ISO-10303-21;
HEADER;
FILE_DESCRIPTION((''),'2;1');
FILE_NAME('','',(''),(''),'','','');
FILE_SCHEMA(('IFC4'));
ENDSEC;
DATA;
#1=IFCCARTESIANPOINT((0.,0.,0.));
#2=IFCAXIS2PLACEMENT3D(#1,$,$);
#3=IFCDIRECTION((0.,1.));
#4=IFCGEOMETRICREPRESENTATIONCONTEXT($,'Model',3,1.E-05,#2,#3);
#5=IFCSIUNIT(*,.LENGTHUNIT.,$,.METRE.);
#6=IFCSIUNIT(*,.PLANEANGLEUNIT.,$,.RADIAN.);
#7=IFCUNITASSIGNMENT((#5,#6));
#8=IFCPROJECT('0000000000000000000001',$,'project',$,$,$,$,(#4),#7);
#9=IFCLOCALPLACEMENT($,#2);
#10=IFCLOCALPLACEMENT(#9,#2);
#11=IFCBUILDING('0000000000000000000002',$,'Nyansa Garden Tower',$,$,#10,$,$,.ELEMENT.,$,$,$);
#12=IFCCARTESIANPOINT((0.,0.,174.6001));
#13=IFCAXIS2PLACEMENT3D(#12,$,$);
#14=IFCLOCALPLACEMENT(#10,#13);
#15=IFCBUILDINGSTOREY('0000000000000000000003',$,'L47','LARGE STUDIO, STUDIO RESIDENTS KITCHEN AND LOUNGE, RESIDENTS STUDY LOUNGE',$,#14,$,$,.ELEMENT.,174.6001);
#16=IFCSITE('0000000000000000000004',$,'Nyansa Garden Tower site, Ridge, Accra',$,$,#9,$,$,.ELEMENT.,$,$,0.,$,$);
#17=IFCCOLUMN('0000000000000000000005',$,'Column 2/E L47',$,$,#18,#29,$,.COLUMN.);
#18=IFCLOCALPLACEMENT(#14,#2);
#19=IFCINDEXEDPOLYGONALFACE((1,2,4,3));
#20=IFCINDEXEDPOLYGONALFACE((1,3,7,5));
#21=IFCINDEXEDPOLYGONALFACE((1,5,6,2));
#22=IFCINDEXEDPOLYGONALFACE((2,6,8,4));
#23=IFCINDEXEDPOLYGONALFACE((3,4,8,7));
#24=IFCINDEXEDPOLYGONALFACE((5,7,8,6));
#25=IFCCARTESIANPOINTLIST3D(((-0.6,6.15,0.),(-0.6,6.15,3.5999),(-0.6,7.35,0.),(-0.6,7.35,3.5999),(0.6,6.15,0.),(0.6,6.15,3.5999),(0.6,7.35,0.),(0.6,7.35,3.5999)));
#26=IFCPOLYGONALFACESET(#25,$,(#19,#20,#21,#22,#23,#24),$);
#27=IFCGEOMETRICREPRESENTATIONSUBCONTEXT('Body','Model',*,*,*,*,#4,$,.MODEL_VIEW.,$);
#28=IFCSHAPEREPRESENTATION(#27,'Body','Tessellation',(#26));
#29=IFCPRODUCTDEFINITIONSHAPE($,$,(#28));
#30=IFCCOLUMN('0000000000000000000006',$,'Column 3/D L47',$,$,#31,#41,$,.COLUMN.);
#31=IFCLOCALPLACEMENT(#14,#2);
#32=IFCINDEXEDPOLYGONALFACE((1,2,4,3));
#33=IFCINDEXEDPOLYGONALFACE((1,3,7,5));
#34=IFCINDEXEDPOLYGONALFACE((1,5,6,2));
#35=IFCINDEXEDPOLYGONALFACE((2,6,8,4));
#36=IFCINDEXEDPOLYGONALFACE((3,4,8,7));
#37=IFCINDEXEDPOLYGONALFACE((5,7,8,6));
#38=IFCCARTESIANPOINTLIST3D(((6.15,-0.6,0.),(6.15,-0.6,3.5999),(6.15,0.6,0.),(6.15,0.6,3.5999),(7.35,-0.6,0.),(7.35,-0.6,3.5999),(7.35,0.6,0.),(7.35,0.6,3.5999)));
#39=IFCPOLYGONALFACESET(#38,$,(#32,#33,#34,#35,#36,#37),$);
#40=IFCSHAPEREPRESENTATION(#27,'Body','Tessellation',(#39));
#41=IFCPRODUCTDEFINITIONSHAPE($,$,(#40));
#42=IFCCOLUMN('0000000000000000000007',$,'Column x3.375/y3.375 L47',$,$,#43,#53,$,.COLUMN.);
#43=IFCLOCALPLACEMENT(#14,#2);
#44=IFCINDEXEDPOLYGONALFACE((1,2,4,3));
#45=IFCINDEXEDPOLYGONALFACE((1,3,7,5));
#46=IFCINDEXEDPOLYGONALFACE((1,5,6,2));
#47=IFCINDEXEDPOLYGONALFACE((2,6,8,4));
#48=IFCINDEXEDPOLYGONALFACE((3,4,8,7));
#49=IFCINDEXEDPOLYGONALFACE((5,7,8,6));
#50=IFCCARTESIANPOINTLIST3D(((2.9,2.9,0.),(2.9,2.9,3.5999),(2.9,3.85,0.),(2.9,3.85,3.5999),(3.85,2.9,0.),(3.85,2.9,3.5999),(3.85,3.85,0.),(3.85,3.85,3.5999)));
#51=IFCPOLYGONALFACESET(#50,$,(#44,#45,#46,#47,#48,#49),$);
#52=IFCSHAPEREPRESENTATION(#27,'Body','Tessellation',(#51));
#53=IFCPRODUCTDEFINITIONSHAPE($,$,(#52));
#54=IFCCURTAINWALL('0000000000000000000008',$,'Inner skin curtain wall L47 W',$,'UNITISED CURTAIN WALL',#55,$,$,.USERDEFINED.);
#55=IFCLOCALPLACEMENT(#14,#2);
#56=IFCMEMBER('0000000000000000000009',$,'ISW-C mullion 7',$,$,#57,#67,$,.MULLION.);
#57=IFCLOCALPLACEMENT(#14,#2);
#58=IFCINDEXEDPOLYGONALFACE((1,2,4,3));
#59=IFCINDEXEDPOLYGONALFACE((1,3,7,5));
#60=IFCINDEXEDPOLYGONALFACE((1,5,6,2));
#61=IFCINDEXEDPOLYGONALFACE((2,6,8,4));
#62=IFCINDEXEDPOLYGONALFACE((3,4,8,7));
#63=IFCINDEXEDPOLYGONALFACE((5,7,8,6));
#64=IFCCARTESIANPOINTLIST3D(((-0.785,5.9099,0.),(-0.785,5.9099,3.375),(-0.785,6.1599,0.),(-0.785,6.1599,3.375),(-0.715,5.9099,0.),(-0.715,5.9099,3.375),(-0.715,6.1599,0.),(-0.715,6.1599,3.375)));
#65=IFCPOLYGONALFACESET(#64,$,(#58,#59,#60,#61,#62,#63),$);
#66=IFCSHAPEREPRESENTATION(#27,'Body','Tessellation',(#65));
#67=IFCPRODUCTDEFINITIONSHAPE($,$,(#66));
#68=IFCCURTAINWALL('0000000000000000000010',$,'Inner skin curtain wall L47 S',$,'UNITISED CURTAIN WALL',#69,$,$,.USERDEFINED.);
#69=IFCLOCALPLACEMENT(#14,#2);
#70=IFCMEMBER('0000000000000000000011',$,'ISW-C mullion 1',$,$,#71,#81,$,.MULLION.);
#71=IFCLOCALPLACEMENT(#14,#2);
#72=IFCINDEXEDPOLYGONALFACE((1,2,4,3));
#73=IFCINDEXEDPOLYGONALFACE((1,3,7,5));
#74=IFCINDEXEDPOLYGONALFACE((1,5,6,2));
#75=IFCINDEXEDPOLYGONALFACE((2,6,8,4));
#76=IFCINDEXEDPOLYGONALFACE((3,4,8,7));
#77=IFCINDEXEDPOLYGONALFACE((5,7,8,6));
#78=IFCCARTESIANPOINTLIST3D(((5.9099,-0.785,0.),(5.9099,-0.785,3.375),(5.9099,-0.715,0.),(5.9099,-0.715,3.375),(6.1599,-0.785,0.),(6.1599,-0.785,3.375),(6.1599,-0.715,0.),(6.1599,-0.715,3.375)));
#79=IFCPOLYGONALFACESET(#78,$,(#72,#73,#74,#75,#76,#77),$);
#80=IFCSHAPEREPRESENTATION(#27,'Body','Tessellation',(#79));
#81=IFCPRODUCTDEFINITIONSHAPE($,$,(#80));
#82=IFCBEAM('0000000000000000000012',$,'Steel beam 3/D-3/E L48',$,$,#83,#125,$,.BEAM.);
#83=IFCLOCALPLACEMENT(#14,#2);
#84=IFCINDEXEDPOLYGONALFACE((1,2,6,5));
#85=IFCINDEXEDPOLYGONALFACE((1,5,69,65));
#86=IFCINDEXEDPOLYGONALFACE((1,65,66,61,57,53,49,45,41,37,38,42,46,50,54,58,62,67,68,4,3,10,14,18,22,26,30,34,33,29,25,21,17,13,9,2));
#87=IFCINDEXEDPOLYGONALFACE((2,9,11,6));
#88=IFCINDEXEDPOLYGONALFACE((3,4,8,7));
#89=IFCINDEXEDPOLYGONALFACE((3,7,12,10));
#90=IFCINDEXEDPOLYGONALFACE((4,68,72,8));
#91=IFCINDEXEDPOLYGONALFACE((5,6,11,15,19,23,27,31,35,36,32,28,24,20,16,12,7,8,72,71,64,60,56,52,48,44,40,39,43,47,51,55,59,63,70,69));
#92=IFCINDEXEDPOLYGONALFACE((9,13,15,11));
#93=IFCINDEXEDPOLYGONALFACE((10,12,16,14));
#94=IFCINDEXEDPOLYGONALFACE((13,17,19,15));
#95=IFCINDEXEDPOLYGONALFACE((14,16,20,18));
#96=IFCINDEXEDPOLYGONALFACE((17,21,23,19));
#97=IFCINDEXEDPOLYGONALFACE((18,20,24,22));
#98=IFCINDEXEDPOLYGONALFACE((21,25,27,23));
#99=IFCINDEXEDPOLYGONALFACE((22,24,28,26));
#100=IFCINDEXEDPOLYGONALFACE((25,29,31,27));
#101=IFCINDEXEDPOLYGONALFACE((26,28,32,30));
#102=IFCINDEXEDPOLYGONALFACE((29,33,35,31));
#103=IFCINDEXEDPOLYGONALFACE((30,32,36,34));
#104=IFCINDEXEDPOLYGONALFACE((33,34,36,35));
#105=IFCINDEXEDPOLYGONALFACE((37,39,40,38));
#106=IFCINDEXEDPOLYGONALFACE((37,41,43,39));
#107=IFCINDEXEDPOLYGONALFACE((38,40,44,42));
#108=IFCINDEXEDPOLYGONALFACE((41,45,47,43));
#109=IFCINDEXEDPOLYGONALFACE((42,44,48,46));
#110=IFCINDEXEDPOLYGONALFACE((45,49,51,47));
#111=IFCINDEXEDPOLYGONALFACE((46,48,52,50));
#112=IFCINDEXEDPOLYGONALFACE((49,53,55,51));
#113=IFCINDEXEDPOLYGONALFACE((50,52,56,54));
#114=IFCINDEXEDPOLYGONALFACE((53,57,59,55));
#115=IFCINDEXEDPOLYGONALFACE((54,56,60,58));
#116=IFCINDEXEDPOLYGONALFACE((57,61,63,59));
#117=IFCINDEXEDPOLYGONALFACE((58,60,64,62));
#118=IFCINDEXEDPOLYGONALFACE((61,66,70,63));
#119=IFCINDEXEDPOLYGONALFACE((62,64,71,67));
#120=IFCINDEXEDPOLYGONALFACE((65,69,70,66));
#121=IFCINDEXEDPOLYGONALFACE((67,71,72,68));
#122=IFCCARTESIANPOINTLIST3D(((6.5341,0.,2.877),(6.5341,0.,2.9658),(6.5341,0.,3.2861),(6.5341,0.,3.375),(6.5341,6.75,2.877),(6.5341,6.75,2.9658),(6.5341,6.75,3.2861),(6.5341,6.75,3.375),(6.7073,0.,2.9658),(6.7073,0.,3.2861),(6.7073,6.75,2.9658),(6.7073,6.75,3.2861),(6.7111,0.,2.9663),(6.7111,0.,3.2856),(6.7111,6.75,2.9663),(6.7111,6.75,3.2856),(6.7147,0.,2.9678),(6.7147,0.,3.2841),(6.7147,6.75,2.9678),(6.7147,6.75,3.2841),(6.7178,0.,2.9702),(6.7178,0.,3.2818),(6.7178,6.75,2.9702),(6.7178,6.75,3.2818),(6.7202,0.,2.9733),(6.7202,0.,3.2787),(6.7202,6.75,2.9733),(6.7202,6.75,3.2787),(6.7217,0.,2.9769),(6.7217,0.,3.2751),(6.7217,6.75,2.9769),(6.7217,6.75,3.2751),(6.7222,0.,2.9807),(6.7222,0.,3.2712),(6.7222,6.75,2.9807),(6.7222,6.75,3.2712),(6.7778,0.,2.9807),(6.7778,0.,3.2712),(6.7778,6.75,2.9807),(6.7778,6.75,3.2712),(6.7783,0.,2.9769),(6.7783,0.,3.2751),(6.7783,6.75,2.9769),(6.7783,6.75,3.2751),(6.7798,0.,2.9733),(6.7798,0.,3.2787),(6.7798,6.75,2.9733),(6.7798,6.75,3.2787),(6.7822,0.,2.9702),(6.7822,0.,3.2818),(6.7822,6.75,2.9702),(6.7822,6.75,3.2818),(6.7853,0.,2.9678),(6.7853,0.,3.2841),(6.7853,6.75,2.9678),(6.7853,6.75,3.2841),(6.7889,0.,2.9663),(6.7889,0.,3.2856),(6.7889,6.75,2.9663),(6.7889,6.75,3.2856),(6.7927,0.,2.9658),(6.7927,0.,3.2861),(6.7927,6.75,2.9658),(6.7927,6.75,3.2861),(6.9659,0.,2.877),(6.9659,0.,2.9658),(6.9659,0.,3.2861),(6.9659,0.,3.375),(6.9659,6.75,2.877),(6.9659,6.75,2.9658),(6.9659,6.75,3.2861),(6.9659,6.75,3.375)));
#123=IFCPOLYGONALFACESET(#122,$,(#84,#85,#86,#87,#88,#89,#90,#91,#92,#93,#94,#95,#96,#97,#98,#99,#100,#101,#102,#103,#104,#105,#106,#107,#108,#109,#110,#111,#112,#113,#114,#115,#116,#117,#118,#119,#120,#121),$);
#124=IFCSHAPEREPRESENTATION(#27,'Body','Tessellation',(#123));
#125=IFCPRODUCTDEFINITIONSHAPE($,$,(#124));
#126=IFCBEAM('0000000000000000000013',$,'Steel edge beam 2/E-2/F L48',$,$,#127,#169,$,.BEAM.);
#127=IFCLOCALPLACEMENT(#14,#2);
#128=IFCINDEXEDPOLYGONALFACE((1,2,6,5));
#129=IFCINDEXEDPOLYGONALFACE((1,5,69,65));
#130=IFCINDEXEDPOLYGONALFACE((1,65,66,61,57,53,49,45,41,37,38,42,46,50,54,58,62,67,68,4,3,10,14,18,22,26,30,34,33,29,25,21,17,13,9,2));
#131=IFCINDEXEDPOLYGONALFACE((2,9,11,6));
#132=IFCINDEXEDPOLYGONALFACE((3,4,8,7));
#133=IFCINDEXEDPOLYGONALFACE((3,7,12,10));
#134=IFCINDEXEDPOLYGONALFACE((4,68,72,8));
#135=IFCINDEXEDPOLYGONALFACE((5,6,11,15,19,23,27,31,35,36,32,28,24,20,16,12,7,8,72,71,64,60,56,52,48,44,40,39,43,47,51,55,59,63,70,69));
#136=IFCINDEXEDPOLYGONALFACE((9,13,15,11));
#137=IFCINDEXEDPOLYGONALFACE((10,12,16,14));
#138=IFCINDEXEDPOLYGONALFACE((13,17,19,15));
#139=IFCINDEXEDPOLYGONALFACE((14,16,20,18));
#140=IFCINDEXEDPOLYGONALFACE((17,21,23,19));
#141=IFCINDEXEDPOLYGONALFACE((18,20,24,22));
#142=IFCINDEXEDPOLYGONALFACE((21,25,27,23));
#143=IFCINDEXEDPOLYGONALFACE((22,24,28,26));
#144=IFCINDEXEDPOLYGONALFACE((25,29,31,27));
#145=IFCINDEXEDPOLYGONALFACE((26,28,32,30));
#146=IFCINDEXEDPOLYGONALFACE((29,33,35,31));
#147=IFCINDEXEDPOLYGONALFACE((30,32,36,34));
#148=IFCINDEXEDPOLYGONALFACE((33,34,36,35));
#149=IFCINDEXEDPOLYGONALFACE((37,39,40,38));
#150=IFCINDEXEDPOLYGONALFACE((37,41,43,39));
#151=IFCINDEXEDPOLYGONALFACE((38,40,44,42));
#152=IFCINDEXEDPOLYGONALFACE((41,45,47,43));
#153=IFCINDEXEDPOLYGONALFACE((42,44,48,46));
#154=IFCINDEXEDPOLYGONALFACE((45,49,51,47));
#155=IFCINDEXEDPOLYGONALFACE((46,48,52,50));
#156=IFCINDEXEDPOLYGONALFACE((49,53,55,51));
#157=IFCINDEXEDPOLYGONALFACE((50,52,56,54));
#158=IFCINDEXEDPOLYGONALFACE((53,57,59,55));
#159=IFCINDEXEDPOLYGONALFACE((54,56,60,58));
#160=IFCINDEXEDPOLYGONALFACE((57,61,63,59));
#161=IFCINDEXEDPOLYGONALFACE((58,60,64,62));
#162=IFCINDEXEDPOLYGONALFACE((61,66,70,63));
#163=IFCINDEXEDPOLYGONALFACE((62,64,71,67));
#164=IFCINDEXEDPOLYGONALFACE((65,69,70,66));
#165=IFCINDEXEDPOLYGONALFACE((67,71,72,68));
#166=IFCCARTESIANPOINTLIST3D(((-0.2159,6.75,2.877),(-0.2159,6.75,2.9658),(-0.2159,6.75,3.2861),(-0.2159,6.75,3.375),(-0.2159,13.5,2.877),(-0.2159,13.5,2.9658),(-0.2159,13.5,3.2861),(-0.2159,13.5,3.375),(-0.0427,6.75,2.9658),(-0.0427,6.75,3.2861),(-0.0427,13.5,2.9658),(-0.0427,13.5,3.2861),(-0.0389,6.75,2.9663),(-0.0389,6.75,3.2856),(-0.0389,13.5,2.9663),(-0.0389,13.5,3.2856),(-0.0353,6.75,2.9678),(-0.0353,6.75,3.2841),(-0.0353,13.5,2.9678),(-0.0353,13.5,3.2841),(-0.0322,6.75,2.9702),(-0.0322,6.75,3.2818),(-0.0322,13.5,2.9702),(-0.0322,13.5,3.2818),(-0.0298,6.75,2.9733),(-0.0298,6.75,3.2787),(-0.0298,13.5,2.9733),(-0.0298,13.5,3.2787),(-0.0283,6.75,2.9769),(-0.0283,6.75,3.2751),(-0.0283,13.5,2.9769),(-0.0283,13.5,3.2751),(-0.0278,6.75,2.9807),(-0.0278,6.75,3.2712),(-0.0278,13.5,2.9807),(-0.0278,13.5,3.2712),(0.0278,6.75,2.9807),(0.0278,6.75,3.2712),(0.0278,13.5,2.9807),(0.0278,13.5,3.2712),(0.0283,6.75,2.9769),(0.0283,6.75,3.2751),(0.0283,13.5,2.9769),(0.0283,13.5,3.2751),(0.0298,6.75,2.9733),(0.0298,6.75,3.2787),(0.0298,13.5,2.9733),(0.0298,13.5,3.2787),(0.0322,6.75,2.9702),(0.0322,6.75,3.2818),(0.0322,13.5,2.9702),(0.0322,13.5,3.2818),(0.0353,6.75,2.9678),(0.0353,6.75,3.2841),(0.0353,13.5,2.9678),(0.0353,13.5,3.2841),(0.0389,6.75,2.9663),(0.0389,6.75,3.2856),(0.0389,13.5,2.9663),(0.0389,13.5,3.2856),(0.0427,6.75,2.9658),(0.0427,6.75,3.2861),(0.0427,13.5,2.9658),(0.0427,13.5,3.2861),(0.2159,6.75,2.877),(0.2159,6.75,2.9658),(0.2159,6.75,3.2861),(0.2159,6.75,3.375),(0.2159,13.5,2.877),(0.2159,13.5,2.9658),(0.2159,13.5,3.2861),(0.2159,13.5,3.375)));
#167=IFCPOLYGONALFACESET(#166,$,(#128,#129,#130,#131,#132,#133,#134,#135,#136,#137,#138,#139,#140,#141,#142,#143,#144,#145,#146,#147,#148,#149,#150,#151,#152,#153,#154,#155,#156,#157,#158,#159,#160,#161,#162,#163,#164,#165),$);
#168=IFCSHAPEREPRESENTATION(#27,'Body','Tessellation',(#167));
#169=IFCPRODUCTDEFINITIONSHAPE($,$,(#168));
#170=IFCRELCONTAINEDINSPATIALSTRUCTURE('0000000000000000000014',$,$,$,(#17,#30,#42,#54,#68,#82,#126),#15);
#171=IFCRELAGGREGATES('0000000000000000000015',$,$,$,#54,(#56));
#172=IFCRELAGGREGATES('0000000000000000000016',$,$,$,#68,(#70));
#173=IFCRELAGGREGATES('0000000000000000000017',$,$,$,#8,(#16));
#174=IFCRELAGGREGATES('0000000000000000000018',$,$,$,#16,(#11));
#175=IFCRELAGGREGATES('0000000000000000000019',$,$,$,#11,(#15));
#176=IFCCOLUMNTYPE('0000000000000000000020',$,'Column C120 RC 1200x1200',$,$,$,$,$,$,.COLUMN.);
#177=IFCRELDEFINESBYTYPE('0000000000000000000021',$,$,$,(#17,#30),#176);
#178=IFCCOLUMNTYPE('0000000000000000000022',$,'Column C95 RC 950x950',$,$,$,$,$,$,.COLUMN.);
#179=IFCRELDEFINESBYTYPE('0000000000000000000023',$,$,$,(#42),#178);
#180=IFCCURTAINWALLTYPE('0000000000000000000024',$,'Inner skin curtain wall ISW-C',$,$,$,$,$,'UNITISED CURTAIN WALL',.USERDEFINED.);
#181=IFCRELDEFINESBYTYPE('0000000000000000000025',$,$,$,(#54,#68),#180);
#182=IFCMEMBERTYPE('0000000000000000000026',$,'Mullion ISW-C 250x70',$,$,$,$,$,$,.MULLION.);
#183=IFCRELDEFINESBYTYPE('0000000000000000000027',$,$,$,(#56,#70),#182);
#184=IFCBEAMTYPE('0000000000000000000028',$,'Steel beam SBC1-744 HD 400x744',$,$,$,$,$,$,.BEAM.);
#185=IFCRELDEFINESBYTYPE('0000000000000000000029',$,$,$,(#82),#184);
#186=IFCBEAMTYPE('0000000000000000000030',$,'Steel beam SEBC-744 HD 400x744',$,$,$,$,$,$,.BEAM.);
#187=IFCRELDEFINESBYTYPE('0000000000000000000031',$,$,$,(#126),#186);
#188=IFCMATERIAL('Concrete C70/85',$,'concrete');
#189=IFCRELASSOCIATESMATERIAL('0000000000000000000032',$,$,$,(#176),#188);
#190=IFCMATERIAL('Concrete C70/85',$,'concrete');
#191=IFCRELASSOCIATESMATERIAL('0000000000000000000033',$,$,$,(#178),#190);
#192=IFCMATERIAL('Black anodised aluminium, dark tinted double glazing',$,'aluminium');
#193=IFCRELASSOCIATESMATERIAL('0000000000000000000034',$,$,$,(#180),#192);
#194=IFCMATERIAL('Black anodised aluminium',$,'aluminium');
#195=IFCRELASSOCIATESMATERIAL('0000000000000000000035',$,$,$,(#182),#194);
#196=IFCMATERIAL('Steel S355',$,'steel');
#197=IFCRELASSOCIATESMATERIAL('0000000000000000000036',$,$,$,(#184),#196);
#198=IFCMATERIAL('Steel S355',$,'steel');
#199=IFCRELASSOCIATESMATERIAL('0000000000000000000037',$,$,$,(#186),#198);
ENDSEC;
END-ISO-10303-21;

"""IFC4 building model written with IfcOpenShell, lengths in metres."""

from ifc_helpers import new_model, si_unit, direction, frame, origin, origin_2d, place, context, subcontext, project, spatial, rectangle, i_section, extrude, material, material_profile, profile_set, type_object, element, aggregate, save


model = new_model("IFC4")

# Units and contexts
model_context = context("Model", 3, precision=1e-05, world=origin(), true_north=direction((0.0, 1.0)))
body_context = subcontext(model_context, "Body", "Model", "MODEL_VIEW")
ifc_project = project(units=[si_unit("LENGTHUNIT", "METRE"), si_unit("PLANEANGLEUNIT", "RADIAN")], contexts=[model_context])

# Site, building, storey
site_placement = place(None, origin())
site = spatial("IfcSite", under=ifc_project, at=site_placement, Name="Nyansa Garden Tower site, Ridge, Accra", CompositionType="ELEMENT", RefElevation=0.0)
building_placement = place(site_placement, origin())
building = spatial("IfcBuilding", under=site, at=building_placement, Name="Nyansa Garden Tower", CompositionType="ELEMENT")
storey_placement = place(building_placement, frame((0.0, 0.0, 174.6001)))
storey = spatial("IfcBuildingStorey", under=building, at=storey_placement, Name="L47", Description="LARGE STUDIO, STUDIO RESIDENTS KITCHEN AND LOUNGE, RESIDENTS STUDY LOUNGE", CompositionType="ELEMENT", Elevation=174.6001)

# Columns
ifc_material_1 = material(Name="Concrete C70/85", Category="concrete")
ifc_material_profile_1 = material_profile(ifc_material_1, rectangle(XDim=1.2, YDim=1.2, at=origin_2d()), Name="RC 1200x1200")
ifc_profile_set_1 = profile_set([ifc_material_profile_1], Name="Concrete C70/85")
column_type_1 = type_object("IfcColumnType", Name="Column C120 RC 1200x1200", PredefinedType="COLUMN", material=ifc_profile_set_1)
for number, where, z_axis, x_axis, name in (
    (1, (0.0, 6.75, 0.0), (0.0, 0.0, 1.0), (1.0, 0.0, 0.0), "Column 2/E L47"),
    (2, (6.75, 0.0, 0.0), (0.0, 0.0, 1.0), (1.0, 0.0, 0.0), "Column 3/D L47"),
):
    element("IfcColumn", number, at=place(storey_placement, frame(where, z_axis=z_axis, x_axis=x_axis)), inside=storey, type_object=column_type_1, Name=name, PredefinedType="COLUMN", context=body_context, shape_type="SweptSolid", body=[
        extrude(rectangle(XDim=1.2, YDim=1.2, at=origin_2d()), origin(), (0.0, 0.0, 1.0), 3.5999),
    ])
ifc_material_2 = material(Name="Concrete C70/85", Category="concrete")
ifc_material_profile_2 = material_profile(ifc_material_2, rectangle(XDim=0.95, YDim=0.95, at=origin_2d()), Name="RC 950x950")
ifc_profile_set_2 = profile_set([ifc_material_profile_2], Name="Concrete C70/85")
column_type_2 = type_object("IfcColumnType", Name="Column C95 RC 950x950", PredefinedType="COLUMN", material=ifc_profile_set_2)
column_placement = place(storey_placement, frame((3.375, 3.375, 0.0), z_axis=(0.0, 0.0, 1.0), x_axis=(1.0, 0.0, 0.0)))
element("IfcColumn", 3, at=column_placement, inside=storey, type_object=column_type_2, Name="Column x3.375/y3.375 L47", PredefinedType="COLUMN", context=body_context, shape_type="SweptSolid", body=[
    extrude(rectangle(XDim=0.95, YDim=0.95, at=origin_2d()), origin(), (0.0, 0.0, 1.0), 3.5999),
])

# Curtain walls, members
ifc_material_3 = material(Name="Black anodised aluminium, dark tinted double glazing", Category="aluminium")
curtain_wall_type = type_object("IfcCurtainWallType", Name="Inner skin curtain wall ISW-C", ElementType="UNITISED CURTAIN WALL", PredefinedType="USERDEFINED", material=ifc_material_3)
curtain_wall_1_placement = place(storey_placement, origin())
curtain_wall_1 = element("IfcCurtainWall", 4, at=curtain_wall_1_placement, inside=storey, type_object=curtain_wall_type, Name="Inner skin curtain wall L47 W", ObjectType="UNITISED CURTAIN WALL", PredefinedType="USERDEFINED")
ifc_material_4 = material(Name="Black anodised aluminium", Category="aluminium")
ifc_material_profile_3 = material_profile(ifc_material_4, rectangle(XDim=0.0701, YDim=0.25, at=origin_2d()), Name="Mullion 250x70")
ifc_profile_set_3 = profile_set([ifc_material_profile_3], Name="Black anodised aluminium")
member_type_1 = type_object("IfcMemberType", Name="Mullion ISW-C 250x70", PredefinedType="MULLION", material=ifc_profile_set_3)
member_1_placement = place(storey_placement, frame((-0.75, 6.0349, 0.0), z_axis=(0.0, 0.0, 1.0), x_axis=(1.0, 0.0, 0.0)))
member_1 = element("IfcMember", 5, at=member_1_placement, type_object=member_type_1, Name="ISW-C mullion 7", PredefinedType="MULLION", context=body_context, shape_type="SweptSolid", body=[
    extrude(rectangle(XDim=0.0701, YDim=0.25, at=origin_2d()), origin(), (0.0, 0.0, 1.0), 3.375),
])
aggregate(curtain_wall_1, [member_1])
curtain_wall_2_placement = place(storey_placement, origin())
curtain_wall_2 = element("IfcCurtainWall", 6, at=curtain_wall_2_placement, inside=storey, type_object=curtain_wall_type, Name="Inner skin curtain wall L47 S", ObjectType="UNITISED CURTAIN WALL", PredefinedType="USERDEFINED")
member_2_placement = place(storey_placement, frame((6.0349, -0.75, 0.0), z_axis=(0.0, 0.0, 1.0), x_axis=(0.0, 1.0, 0.0)))
member_2 = element("IfcMember", 7, at=member_2_placement, type_object=member_type_1, Name="ISW-C mullion 1", PredefinedType="MULLION", context=body_context, shape_type="SweptSolid", body=[
    extrude(rectangle(XDim=0.0701, YDim=0.25, at=origin_2d()), origin(), (0.0, 0.0, 1.0), 3.375),
])

# Beams
ifc_material_5 = material(Name="Steel S355", Category="steel")
ifc_material_profile_4 = material_profile(ifc_material_5, i_section(OverallWidth=0.4319, OverallDepth=0.498, WebThickness=0.0557, FlangeThickness=0.0889, FilletRadius=0.0149, at=origin_2d()), Name="HD 400x744")
ifc_profile_set_4 = profile_set([ifc_material_profile_4], Name="Steel S355")
beam_type_1 = type_object("IfcBeamType", Name="Steel beam SBC1-744 HD 400x744", PredefinedType="BEAM", material=ifc_profile_set_4)
beam_1_placement = place(storey_placement, frame((6.75, 0.0, 3.126), z_axis=(0.0, 1.0, 0.0), x_axis=(-1.0, 0.0, 0.0)))
element("IfcBeam", 8, at=beam_1_placement, inside=storey, type_object=beam_type_1, Name="Steel beam 3/D-3/E L48", PredefinedType="BEAM", context=body_context, shape_type="SweptSolid", body=[
    extrude(i_section(OverallWidth=0.4319, OverallDepth=0.498, WebThickness=0.0557, FlangeThickness=0.0889, FilletRadius=0.0149, at=origin_2d()), origin(), (0.0, 0.0, 1.0), 6.75),
])
ifc_material_6 = material(Name="Steel S355", Category="steel")
ifc_material_profile_5 = material_profile(ifc_material_6, i_section(OverallWidth=0.4319, OverallDepth=0.498, WebThickness=0.0557, FlangeThickness=0.0889, FilletRadius=0.0149, at=origin_2d()), Name="HD 400x744")
ifc_profile_set_5 = profile_set([ifc_material_profile_5], Name="Steel S355")
beam_type_2 = type_object("IfcBeamType", Name="Steel beam SEBC-744 HD 400x744", PredefinedType="BEAM", material=ifc_profile_set_5)
beam_2_placement = place(storey_placement, frame((0.0, 6.75, 3.126), z_axis=(0.0, 1.0, 0.0), x_axis=(-1.0, 0.0, 0.0)))
element("IfcBeam", 9, at=beam_2_placement, inside=storey, type_object=beam_type_2, Name="Steel edge beam 2/E-2/F L48", PredefinedType="BEAM", context=body_context, shape_type="SweptSolid", body=[
    extrude(i_section(OverallWidth=0.4319, OverallDepth=0.498, WebThickness=0.0557, FlangeThickness=0.0889, FilletRadius=0.0149, at=origin_2d()), origin(), (0.0, 0.0, 1.0), 6.75),
])

aggregate(curtain_wall_2, [member_2])

save(model, "model.ifc")
